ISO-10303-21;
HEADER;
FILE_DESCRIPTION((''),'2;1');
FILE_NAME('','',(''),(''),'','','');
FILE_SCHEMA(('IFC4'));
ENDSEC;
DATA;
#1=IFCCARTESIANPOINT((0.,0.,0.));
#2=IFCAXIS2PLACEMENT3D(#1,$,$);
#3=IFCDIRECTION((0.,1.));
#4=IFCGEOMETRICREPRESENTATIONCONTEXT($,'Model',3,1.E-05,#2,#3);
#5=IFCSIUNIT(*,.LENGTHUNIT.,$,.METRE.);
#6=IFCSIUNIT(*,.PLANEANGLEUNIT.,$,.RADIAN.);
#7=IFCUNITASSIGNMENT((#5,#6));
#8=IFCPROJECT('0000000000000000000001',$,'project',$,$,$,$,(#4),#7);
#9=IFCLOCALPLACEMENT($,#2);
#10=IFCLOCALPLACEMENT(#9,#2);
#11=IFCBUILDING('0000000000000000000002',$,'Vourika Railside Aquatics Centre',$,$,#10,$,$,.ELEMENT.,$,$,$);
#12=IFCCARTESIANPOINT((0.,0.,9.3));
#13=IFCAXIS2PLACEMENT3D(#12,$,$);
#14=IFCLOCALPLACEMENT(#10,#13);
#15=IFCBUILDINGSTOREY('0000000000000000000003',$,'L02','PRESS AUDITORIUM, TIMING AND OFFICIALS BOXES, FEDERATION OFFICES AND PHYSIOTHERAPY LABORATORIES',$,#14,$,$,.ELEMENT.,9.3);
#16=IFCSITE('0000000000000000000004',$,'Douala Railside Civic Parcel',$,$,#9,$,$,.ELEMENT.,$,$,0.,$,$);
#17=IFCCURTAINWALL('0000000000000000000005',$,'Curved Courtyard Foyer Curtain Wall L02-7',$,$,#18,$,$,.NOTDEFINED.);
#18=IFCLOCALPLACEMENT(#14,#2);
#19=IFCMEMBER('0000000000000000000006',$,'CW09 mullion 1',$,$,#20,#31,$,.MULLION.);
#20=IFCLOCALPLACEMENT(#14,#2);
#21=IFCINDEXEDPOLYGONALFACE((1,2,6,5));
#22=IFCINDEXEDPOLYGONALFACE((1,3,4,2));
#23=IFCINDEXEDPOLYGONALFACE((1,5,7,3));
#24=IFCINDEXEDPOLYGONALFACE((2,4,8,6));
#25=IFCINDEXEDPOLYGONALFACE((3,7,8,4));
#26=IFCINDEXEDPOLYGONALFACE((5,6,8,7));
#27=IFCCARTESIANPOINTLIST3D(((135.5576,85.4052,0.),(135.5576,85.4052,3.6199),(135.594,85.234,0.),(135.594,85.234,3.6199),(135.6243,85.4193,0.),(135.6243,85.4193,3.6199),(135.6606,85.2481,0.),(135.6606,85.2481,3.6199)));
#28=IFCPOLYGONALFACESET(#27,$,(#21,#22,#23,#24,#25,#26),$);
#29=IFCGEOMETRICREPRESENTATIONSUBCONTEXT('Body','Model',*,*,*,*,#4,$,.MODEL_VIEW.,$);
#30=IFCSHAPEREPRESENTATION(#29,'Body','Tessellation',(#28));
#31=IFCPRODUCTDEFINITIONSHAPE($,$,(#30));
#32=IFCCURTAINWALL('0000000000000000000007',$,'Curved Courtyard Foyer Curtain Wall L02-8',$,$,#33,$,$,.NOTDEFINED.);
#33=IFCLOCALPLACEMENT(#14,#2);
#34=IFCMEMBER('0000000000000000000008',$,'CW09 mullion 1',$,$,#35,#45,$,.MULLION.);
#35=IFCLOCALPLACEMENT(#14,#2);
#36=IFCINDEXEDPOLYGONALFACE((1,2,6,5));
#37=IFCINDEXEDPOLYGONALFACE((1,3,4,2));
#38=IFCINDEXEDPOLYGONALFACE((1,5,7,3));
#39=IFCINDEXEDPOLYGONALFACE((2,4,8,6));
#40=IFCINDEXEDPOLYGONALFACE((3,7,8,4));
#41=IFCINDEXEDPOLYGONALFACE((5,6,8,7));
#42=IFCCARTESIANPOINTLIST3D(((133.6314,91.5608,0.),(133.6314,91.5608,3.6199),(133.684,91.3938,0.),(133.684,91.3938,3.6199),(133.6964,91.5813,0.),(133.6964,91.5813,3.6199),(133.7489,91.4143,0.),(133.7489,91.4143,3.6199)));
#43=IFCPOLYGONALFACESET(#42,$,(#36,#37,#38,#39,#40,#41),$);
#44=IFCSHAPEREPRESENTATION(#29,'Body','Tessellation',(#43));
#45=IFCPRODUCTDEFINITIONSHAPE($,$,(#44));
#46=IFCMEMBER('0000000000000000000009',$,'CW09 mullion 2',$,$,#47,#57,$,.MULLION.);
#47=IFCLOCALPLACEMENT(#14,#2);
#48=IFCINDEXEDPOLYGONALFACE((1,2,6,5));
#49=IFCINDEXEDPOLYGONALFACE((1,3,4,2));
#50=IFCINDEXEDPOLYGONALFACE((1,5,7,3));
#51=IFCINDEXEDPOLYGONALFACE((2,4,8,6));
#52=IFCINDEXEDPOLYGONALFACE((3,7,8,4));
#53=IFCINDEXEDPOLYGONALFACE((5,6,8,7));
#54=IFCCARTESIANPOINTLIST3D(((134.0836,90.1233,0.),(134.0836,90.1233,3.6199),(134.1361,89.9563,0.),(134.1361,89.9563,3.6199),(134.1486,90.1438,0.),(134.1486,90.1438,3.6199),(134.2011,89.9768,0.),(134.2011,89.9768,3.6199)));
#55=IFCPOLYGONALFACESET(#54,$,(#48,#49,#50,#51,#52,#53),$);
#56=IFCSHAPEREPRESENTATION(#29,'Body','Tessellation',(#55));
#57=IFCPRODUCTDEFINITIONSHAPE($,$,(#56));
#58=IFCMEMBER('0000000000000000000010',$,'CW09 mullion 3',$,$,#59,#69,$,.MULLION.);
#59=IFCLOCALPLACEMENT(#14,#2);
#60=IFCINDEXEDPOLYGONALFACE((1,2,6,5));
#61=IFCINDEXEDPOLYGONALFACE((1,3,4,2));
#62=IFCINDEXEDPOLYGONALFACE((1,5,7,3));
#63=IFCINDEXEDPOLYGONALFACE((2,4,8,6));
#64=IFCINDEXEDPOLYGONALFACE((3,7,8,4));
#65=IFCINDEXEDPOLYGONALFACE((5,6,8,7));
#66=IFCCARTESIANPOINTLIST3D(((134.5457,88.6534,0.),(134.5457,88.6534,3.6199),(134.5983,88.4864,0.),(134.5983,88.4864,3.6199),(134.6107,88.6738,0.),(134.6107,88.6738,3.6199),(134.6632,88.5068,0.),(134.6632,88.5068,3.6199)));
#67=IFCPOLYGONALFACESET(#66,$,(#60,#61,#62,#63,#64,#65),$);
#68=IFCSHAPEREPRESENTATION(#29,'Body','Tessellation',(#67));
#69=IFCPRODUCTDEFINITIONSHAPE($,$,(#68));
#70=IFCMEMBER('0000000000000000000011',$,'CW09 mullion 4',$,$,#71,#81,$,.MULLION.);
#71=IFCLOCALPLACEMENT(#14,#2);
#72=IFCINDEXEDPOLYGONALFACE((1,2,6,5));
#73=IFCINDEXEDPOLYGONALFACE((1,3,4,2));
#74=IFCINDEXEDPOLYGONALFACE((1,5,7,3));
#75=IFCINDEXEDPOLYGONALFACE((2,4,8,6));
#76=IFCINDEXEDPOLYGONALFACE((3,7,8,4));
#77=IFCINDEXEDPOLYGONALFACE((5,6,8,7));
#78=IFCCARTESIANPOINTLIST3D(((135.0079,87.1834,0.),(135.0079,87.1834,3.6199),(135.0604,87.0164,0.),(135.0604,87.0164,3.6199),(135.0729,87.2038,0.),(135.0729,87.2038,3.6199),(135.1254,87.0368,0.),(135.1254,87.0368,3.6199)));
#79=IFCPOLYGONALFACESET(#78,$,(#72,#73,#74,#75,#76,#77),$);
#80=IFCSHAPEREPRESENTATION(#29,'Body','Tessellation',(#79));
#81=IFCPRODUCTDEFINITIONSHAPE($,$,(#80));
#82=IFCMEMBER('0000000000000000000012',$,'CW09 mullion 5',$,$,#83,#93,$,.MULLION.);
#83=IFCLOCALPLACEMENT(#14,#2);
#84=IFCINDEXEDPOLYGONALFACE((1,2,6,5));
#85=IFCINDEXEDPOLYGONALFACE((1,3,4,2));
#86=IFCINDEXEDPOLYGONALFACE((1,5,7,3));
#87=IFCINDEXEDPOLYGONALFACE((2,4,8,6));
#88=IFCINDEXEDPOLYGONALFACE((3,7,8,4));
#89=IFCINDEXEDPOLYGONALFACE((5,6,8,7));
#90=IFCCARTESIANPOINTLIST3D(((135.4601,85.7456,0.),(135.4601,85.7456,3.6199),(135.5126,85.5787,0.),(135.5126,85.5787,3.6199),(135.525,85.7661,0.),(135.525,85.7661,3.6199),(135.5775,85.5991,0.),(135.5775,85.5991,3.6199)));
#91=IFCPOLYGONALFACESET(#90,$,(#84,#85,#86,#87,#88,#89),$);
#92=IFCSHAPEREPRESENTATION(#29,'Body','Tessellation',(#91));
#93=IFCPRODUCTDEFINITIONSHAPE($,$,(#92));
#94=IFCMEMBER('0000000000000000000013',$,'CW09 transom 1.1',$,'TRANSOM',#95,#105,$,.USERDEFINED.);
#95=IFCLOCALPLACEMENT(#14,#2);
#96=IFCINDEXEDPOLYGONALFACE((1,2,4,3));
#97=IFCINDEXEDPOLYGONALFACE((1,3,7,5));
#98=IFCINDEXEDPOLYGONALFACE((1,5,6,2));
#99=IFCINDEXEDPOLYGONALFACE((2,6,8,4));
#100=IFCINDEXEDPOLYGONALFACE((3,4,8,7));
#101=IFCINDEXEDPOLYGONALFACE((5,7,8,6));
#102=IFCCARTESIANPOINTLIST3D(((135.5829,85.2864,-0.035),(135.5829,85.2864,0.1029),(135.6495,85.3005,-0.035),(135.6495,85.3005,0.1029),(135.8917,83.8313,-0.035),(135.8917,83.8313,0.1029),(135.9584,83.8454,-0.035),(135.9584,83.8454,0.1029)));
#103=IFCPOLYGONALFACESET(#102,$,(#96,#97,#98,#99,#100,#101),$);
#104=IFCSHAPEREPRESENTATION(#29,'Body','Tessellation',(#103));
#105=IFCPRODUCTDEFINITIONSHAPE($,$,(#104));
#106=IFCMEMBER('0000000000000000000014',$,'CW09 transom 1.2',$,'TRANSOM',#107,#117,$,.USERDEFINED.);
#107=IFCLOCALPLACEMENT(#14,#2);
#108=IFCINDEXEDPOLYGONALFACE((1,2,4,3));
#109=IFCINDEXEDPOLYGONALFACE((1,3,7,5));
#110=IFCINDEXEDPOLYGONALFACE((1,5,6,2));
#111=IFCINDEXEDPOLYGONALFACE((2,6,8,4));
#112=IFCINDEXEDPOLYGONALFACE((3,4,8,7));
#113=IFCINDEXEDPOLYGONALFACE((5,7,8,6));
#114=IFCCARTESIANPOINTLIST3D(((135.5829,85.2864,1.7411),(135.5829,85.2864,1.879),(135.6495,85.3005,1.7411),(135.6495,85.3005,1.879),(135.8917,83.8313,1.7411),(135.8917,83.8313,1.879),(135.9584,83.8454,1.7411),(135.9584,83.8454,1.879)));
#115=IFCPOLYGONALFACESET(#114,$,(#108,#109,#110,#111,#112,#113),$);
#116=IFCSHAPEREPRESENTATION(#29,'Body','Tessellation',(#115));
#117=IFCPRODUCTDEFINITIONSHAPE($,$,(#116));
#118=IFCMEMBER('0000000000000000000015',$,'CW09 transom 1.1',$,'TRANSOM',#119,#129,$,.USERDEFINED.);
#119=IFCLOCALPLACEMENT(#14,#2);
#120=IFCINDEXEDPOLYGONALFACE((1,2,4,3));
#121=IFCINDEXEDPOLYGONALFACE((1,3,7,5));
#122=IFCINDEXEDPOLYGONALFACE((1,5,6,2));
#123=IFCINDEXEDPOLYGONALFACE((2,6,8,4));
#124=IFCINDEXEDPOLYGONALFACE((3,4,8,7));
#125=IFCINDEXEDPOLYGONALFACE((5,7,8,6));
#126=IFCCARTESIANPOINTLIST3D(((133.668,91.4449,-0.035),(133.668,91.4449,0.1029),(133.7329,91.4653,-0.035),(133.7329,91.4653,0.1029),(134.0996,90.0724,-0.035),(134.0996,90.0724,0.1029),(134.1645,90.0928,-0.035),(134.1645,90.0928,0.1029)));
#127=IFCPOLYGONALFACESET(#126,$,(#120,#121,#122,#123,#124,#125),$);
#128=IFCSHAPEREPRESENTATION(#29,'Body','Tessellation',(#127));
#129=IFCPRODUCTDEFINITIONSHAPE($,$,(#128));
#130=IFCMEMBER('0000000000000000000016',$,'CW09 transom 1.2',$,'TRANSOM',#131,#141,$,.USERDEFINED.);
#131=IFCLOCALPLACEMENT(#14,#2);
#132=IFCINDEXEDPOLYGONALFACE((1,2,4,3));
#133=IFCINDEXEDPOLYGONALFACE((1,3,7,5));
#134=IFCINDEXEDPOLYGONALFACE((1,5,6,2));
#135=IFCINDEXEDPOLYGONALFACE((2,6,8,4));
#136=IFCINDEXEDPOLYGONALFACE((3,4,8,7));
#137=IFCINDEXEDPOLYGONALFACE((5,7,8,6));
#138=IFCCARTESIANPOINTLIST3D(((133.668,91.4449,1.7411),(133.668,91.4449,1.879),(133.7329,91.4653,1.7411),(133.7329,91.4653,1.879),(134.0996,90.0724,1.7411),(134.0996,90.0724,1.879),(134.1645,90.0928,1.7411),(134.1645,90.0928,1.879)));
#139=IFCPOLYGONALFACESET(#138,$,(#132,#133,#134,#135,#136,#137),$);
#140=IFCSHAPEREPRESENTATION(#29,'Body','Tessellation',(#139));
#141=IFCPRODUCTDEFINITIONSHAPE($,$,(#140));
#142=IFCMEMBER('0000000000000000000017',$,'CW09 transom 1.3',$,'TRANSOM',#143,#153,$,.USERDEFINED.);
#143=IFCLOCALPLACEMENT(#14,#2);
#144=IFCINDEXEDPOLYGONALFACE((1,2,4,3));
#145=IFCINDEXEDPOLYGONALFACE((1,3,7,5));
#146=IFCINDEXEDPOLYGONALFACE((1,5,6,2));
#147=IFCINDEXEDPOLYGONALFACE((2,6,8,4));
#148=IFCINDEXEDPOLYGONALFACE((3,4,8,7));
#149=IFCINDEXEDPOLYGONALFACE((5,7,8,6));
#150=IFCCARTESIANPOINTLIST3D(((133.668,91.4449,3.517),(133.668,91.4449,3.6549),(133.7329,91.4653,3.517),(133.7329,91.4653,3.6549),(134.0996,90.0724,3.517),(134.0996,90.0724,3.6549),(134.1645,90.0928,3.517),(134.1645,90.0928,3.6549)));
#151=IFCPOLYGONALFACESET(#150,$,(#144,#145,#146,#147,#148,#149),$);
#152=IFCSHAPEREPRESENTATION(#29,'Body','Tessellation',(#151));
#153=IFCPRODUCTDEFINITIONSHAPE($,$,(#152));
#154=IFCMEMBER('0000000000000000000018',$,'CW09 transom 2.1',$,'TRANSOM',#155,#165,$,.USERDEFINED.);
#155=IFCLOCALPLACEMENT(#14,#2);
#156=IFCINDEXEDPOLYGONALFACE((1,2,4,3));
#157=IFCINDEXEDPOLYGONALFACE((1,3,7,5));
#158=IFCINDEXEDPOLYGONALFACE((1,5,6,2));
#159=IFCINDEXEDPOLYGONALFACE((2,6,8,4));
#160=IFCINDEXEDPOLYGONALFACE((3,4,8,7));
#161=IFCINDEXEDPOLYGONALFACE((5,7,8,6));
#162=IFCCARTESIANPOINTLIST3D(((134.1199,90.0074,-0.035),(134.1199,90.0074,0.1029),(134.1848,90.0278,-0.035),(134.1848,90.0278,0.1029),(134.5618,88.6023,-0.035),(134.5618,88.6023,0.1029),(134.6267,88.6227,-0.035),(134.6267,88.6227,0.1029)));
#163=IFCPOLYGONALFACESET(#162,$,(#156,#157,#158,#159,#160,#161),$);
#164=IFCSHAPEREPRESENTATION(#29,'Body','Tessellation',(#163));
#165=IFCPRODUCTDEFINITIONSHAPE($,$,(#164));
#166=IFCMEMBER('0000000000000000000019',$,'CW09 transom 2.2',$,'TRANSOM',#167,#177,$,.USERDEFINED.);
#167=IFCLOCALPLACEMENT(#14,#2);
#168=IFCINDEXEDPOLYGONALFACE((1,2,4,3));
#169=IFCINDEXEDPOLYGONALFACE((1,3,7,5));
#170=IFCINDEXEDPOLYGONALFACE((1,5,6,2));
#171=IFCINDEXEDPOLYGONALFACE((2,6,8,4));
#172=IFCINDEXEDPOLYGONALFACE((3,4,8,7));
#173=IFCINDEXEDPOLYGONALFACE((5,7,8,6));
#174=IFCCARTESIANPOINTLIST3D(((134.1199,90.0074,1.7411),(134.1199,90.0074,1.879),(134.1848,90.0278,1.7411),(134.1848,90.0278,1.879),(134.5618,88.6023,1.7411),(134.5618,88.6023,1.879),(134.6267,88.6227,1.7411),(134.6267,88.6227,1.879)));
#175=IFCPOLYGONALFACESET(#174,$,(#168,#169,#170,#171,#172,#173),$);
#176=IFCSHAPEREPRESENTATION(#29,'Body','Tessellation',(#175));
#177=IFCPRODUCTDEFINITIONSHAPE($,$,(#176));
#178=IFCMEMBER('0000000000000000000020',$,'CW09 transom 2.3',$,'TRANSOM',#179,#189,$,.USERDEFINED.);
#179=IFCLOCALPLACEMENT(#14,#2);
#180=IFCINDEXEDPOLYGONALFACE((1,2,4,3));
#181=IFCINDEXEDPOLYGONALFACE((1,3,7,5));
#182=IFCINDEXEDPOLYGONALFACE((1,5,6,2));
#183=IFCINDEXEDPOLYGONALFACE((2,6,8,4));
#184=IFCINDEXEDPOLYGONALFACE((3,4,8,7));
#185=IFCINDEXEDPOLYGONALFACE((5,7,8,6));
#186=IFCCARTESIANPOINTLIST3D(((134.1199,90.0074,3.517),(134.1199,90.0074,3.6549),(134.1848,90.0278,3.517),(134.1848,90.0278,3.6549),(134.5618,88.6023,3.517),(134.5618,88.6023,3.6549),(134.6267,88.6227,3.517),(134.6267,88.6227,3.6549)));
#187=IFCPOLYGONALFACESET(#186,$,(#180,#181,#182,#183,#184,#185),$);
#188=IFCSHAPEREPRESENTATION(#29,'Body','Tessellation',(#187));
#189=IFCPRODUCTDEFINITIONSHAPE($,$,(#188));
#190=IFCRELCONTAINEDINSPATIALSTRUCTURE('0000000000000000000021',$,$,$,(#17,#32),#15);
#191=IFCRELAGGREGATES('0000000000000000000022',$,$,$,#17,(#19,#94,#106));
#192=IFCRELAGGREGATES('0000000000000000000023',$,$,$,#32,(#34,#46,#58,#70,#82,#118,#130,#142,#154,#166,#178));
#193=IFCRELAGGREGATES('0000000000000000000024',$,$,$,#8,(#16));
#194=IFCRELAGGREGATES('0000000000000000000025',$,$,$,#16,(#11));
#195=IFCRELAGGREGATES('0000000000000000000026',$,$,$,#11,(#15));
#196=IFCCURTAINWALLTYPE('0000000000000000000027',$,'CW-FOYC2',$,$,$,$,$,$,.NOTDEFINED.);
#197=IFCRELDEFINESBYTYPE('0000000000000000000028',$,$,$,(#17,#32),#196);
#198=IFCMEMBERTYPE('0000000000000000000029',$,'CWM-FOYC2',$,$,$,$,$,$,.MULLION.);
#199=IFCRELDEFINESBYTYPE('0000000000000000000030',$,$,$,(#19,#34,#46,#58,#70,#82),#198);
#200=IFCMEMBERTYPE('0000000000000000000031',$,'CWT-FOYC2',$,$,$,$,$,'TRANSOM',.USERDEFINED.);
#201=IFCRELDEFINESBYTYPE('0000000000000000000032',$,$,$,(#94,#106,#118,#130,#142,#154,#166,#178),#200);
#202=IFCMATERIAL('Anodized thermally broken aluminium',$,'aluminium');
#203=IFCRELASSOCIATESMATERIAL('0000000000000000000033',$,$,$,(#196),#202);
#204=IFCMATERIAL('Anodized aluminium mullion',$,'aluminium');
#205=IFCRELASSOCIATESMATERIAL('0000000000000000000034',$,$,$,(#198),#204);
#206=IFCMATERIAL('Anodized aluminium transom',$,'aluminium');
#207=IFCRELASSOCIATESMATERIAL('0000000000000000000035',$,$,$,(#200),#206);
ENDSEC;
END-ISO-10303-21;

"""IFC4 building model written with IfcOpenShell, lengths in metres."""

from ifc_helpers import new_model, si_unit, direction, frame, origin, origin_2d, place, context, subcontext, project, spatial, rectangle, extrude, material, material_profile, profile_set, type_object, element, aggregate, save


model = new_model("IFC4")

# Units and contexts
model_context = context("Model", 3, precision=1e-05, world=origin(), true_north=direction((0.0, 1.0)))
body_context = subcontext(model_context, "Body", "Model", "MODEL_VIEW")
ifc_project = project(units=[si_unit("LENGTHUNIT", "METRE"), si_unit("PLANEANGLEUNIT", "RADIAN")], contexts=[model_context])

# Site, building, storey
site_placement = place(None, origin())
site = spatial("IfcSite", under=ifc_project, at=site_placement, Name="Douala Railside Civic Parcel", CompositionType="ELEMENT", RefElevation=0.0)
building_placement = place(site_placement, origin())
building = spatial("IfcBuilding", under=site, at=building_placement, Name="Vourika Railside Aquatics Centre", CompositionType="ELEMENT")
storey_placement = place(building_placement, frame((0.0, 0.0, 9.3)))
storey = spatial("IfcBuildingStorey", under=building, at=storey_placement, Name="L02", Description="PRESS AUDITORIUM, TIMING AND OFFICIALS BOXES, FEDERATION OFFICES AND PHYSIOTHERAPY LABORATORIES", CompositionType="ELEMENT", Elevation=9.3)

# Curtain wall, member
ifc_material_1 = material(Name="Anodized thermally broken aluminium", Category="aluminium")
curtain_wall_type = type_object("IfcCurtainWallType", Name="CW-FOYC2", PredefinedType="NOTDEFINED", material=ifc_material_1)
curtain_wall_1_placement = place(storey_placement, origin())
curtain_wall_1 = element("IfcCurtainWall", 1, at=curtain_wall_1_placement, inside=storey, type_object=curtain_wall_type, Name="Curved Courtyard Foyer Curtain Wall L02-7", PredefinedType="NOTDEFINED")
ifc_material_2 = material(Name="Anodized aluminium mullion", Category="aluminium")
ifc_material_profile_1 = material_profile(ifc_material_2, rectangle(XDim=0.0681, YDim=0.175, at=origin_2d()), Name="ALU-M 68x175")
ifc_profile_set_1 = profile_set([ifc_material_profile_1], Name="Anodized aluminium mullion")
member_type_1 = type_object("IfcMemberType", Name="CWM-FOYC2", PredefinedType="MULLION", material=ifc_profile_set_1)
member_1_placement = place(storey_placement, frame((135.6091, 85.3267, 0.0), z_axis=(0.0, 0.0, 1.0), x_axis=(0.978215, 0.207595, 0.0)))
member_1 = element("IfcMember", 2, at=member_1_placement, type_object=member_type_1, Name="CW09 mullion 1", PredefinedType="MULLION", context=body_context, shape_type="SweptSolid", body=[
    extrude(rectangle(XDim=0.0681, YDim=0.175, at=origin_2d()), origin(), (0.0, 0.0, 1.0), 3.6199),
])

# Curtain wall, members
curtain_wall_2_placement = place(storey_placement, origin())
curtain_wall_2 = element("IfcCurtainWall", 3, at=curtain_wall_2_placement, inside=storey, type_object=curtain_wall_type, Name="Curved Courtyard Foyer Curtain Wall L02-8", PredefinedType="NOTDEFINED")
member_2_placement = place(storey_placement, frame((133.6902, 91.4875, 0.0), z_axis=(0.0, 0.0, 1.0), x_axis=(0.953947, 0.299974, 0.0)))
member_2 = element("IfcMember", 4, at=member_2_placement, type_object=member_type_1, Name="CW09 mullion 1", PredefinedType="MULLION", context=body_context, shape_type="SweptSolid", body=[
    extrude(rectangle(XDim=0.0681, YDim=0.175, at=origin_2d()), origin(), (0.0, 0.0, 1.0), 3.6199),
])
member_3_placement = place(storey_placement, frame((134.1423, 90.05, 0.0), z_axis=(0.0, 0.0, 1.0), x_axis=(0.953947, 0.299974, 0.0)))
member_3 = element("IfcMember", 5, at=member_3_placement, type_object=member_type_1, Name="CW09 mullion 2", PredefinedType="MULLION", context=body_context, shape_type="SweptSolid", body=[
    extrude(rectangle(XDim=0.0681, YDim=0.175, at=origin_2d()), origin(), (0.0, 0.0, 1.0), 3.6199),
])
member_4_placement = place(storey_placement, frame((134.6045, 88.5801, 0.0), z_axis=(0.0, 0.0, 1.0), x_axis=(0.953947, 0.299974, 0.0)))
member_4 = element("IfcMember", 6, at=member_4_placement, type_object=member_type_1, Name="CW09 mullion 3", PredefinedType="MULLION", context=body_context, shape_type="SweptSolid", body=[
    extrude(rectangle(XDim=0.0681, YDim=0.175, at=origin_2d()), origin(), (0.0, 0.0, 1.0), 3.6199),
])
member_5_placement = place(storey_placement, frame((135.0667, 87.1101, 0.0), z_axis=(0.0, 0.0, 1.0), x_axis=(0.953947, 0.299974, 0.0)))
member_5 = element("IfcMember", 7, at=member_5_placement, type_object=member_type_1, Name="CW09 mullion 4", PredefinedType="MULLION", context=body_context, shape_type="SweptSolid", body=[
    extrude(rectangle(XDim=0.0681, YDim=0.175, at=origin_2d()), origin(), (0.0, 0.0, 1.0), 3.6199),
])
member_6_placement = place(storey_placement, frame((135.5188, 85.6724, 0.0), z_axis=(0.0, 0.0, 1.0), x_axis=(0.953947, 0.299974, 0.0)))
member_6 = element("IfcMember", 8, at=member_6_placement, type_object=member_type_1, Name="CW09 mullion 5", PredefinedType="MULLION", context=body_context, shape_type="SweptSolid", body=[
    extrude(rectangle(XDim=0.0681, YDim=0.175, at=origin_2d()), origin(), (0.0, 0.0, 1.0), 3.6199),
])

# Members
ifc_material_3 = material(Name="Anodized aluminium transom", Category="aluminium")
ifc_material_profile_2 = material_profile(ifc_material_3, rectangle(XDim=0.0681, YDim=0.1379, at=origin_2d()), Name="ALU-T 68x138")
ifc_profile_set_2 = profile_set([ifc_material_profile_2], Name="Anodized aluminium transom")
member_type_2 = type_object("IfcMemberType", Name="CWT-FOYC2", ElementType="TRANSOM", PredefinedType="USERDEFINED", material=ifc_profile_set_2)
member_7_placement = place(storey_placement, frame((135.6162, 85.2935, 0.0339), z_axis=(0.207623, -0.978209, 0.0), x_axis=(0.978209, 0.207623, 0.0)))
member_7 = element("IfcMember", 9, at=member_7_placement, type_object=member_type_2, Name="CW09 transom 1.1", ObjectType="TRANSOM", PredefinedType="USERDEFINED", context=body_context, shape_type="SweptSolid", body=[
    extrude(rectangle(XDim=0.0681, YDim=0.1379, at=origin_2d()), origin(), (0.0, 0.0, 1.0), 1.4875),
])
member_8_placement = place(storey_placement, frame((135.6162, 85.2935, 1.8101), z_axis=(0.207623, -0.978209, 0.0), x_axis=(0.978209, 0.207623, 0.0)))
member_8 = element("IfcMember", 10, at=member_8_placement, type_object=member_type_2, Name="CW09 transom 1.2", ObjectType="TRANSOM", PredefinedType="USERDEFINED", context=body_context, shape_type="SweptSolid", body=[
    extrude(rectangle(XDim=0.0681, YDim=0.1379, at=origin_2d()), origin(), (0.0, 0.0, 1.0), 1.4875),
])
aggregate(curtain_wall_1, [member_1, member_7, member_8])
member_9_placement = place(storey_placement, frame((133.7004, 91.4551, 0.0339), z_axis=(0.299994, -0.953941, 0.0), x_axis=(0.953941, 0.299994, 0.0)))
member_9 = element("IfcMember", 11, at=member_9_placement, type_object=member_type_2, Name="CW09 transom 1.1", ObjectType="TRANSOM", PredefinedType="USERDEFINED", context=body_context, shape_type="SweptSolid", body=[
    extrude(rectangle(XDim=0.0681, YDim=0.1379, at=origin_2d()), origin(), (0.0, 0.0, 1.0), 1.4387),
])
member_10_placement = place(storey_placement, frame((133.7004, 91.4551, 1.8101), z_axis=(0.299994, -0.953941, 0.0), x_axis=(0.953941, 0.299994, 0.0)))
member_10 = element("IfcMember", 12, at=member_10_placement, type_object=member_type_2, Name="CW09 transom 1.2", ObjectType="TRANSOM", PredefinedType="USERDEFINED", context=body_context, shape_type="SweptSolid", body=[
    extrude(rectangle(XDim=0.0681, YDim=0.1379, at=origin_2d()), origin(), (0.0, 0.0, 1.0), 1.4387),
])
member_11_placement = place(storey_placement, frame((133.7004, 91.4551, 3.5859), z_axis=(0.299994, -0.953941, 0.0), x_axis=(0.953941, 0.299994, 0.0)))
member_11 = element("IfcMember", 13, at=member_11_placement, type_object=member_type_2, Name="CW09 transom 1.3", ObjectType="TRANSOM", PredefinedType="USERDEFINED", context=body_context, shape_type="SweptSolid", body=[
    extrude(rectangle(XDim=0.0681, YDim=0.1379, at=origin_2d()), origin(), (0.0, 0.0, 1.0), 1.4387),
])
member_12_placement = place(storey_placement, frame((134.1523, 90.0176, 0.0339), z_axis=(0.300021, -0.953933, 0.0), x_axis=(0.953933, 0.300021, 0.0)))
member_12 = element("IfcMember", 14, at=member_12_placement, type_object=member_type_2, Name="CW09 transom 2.1", ObjectType="TRANSOM", PredefinedType="USERDEFINED", context=body_context, shape_type="SweptSolid", body=[
    extrude(rectangle(XDim=0.0681, YDim=0.1379, at=origin_2d()), origin(), (0.0, 0.0, 1.0), 1.4729),
])
member_13_placement = place(storey_placement, frame((134.1523, 90.0176, 1.8101), z_axis=(0.300021, -0.953933, 0.0), x_axis=(0.953933, 0.300021, 0.0)))
member_13 = element("IfcMember", 15, at=member_13_placement, type_object=member_type_2, Name="CW09 transom 2.2", ObjectType="TRANSOM", PredefinedType="USERDEFINED", context=body_context, shape_type="SweptSolid", body=[
    extrude(rectangle(XDim=0.0681, YDim=0.1379, at=origin_2d()), origin(), (0.0, 0.0, 1.0), 1.4729),
])
member_14_placement = place(storey_placement, frame((134.1523, 90.0176, 3.5859), z_axis=(0.300021, -0.953933, 0.0), x_axis=(0.953933, 0.300021, 0.0)))
member_14 = element("IfcMember", 16, at=member_14_placement, type_object=member_type_2, Name="CW09 transom 2.3", ObjectType="TRANSOM", PredefinedType="USERDEFINED", context=body_context, shape_type="SweptSolid", body=[
    extrude(rectangle(XDim=0.0681, YDim=0.1379, at=origin_2d()), origin(), (0.0, 0.0, 1.0), 1.4729),
])

aggregate(curtain_wall_2, [member_2, member_3, member_4, member_5, member_6, member_9, member_10, member_11, member_12, member_13, member_14])

save(model, "model.ifc")
